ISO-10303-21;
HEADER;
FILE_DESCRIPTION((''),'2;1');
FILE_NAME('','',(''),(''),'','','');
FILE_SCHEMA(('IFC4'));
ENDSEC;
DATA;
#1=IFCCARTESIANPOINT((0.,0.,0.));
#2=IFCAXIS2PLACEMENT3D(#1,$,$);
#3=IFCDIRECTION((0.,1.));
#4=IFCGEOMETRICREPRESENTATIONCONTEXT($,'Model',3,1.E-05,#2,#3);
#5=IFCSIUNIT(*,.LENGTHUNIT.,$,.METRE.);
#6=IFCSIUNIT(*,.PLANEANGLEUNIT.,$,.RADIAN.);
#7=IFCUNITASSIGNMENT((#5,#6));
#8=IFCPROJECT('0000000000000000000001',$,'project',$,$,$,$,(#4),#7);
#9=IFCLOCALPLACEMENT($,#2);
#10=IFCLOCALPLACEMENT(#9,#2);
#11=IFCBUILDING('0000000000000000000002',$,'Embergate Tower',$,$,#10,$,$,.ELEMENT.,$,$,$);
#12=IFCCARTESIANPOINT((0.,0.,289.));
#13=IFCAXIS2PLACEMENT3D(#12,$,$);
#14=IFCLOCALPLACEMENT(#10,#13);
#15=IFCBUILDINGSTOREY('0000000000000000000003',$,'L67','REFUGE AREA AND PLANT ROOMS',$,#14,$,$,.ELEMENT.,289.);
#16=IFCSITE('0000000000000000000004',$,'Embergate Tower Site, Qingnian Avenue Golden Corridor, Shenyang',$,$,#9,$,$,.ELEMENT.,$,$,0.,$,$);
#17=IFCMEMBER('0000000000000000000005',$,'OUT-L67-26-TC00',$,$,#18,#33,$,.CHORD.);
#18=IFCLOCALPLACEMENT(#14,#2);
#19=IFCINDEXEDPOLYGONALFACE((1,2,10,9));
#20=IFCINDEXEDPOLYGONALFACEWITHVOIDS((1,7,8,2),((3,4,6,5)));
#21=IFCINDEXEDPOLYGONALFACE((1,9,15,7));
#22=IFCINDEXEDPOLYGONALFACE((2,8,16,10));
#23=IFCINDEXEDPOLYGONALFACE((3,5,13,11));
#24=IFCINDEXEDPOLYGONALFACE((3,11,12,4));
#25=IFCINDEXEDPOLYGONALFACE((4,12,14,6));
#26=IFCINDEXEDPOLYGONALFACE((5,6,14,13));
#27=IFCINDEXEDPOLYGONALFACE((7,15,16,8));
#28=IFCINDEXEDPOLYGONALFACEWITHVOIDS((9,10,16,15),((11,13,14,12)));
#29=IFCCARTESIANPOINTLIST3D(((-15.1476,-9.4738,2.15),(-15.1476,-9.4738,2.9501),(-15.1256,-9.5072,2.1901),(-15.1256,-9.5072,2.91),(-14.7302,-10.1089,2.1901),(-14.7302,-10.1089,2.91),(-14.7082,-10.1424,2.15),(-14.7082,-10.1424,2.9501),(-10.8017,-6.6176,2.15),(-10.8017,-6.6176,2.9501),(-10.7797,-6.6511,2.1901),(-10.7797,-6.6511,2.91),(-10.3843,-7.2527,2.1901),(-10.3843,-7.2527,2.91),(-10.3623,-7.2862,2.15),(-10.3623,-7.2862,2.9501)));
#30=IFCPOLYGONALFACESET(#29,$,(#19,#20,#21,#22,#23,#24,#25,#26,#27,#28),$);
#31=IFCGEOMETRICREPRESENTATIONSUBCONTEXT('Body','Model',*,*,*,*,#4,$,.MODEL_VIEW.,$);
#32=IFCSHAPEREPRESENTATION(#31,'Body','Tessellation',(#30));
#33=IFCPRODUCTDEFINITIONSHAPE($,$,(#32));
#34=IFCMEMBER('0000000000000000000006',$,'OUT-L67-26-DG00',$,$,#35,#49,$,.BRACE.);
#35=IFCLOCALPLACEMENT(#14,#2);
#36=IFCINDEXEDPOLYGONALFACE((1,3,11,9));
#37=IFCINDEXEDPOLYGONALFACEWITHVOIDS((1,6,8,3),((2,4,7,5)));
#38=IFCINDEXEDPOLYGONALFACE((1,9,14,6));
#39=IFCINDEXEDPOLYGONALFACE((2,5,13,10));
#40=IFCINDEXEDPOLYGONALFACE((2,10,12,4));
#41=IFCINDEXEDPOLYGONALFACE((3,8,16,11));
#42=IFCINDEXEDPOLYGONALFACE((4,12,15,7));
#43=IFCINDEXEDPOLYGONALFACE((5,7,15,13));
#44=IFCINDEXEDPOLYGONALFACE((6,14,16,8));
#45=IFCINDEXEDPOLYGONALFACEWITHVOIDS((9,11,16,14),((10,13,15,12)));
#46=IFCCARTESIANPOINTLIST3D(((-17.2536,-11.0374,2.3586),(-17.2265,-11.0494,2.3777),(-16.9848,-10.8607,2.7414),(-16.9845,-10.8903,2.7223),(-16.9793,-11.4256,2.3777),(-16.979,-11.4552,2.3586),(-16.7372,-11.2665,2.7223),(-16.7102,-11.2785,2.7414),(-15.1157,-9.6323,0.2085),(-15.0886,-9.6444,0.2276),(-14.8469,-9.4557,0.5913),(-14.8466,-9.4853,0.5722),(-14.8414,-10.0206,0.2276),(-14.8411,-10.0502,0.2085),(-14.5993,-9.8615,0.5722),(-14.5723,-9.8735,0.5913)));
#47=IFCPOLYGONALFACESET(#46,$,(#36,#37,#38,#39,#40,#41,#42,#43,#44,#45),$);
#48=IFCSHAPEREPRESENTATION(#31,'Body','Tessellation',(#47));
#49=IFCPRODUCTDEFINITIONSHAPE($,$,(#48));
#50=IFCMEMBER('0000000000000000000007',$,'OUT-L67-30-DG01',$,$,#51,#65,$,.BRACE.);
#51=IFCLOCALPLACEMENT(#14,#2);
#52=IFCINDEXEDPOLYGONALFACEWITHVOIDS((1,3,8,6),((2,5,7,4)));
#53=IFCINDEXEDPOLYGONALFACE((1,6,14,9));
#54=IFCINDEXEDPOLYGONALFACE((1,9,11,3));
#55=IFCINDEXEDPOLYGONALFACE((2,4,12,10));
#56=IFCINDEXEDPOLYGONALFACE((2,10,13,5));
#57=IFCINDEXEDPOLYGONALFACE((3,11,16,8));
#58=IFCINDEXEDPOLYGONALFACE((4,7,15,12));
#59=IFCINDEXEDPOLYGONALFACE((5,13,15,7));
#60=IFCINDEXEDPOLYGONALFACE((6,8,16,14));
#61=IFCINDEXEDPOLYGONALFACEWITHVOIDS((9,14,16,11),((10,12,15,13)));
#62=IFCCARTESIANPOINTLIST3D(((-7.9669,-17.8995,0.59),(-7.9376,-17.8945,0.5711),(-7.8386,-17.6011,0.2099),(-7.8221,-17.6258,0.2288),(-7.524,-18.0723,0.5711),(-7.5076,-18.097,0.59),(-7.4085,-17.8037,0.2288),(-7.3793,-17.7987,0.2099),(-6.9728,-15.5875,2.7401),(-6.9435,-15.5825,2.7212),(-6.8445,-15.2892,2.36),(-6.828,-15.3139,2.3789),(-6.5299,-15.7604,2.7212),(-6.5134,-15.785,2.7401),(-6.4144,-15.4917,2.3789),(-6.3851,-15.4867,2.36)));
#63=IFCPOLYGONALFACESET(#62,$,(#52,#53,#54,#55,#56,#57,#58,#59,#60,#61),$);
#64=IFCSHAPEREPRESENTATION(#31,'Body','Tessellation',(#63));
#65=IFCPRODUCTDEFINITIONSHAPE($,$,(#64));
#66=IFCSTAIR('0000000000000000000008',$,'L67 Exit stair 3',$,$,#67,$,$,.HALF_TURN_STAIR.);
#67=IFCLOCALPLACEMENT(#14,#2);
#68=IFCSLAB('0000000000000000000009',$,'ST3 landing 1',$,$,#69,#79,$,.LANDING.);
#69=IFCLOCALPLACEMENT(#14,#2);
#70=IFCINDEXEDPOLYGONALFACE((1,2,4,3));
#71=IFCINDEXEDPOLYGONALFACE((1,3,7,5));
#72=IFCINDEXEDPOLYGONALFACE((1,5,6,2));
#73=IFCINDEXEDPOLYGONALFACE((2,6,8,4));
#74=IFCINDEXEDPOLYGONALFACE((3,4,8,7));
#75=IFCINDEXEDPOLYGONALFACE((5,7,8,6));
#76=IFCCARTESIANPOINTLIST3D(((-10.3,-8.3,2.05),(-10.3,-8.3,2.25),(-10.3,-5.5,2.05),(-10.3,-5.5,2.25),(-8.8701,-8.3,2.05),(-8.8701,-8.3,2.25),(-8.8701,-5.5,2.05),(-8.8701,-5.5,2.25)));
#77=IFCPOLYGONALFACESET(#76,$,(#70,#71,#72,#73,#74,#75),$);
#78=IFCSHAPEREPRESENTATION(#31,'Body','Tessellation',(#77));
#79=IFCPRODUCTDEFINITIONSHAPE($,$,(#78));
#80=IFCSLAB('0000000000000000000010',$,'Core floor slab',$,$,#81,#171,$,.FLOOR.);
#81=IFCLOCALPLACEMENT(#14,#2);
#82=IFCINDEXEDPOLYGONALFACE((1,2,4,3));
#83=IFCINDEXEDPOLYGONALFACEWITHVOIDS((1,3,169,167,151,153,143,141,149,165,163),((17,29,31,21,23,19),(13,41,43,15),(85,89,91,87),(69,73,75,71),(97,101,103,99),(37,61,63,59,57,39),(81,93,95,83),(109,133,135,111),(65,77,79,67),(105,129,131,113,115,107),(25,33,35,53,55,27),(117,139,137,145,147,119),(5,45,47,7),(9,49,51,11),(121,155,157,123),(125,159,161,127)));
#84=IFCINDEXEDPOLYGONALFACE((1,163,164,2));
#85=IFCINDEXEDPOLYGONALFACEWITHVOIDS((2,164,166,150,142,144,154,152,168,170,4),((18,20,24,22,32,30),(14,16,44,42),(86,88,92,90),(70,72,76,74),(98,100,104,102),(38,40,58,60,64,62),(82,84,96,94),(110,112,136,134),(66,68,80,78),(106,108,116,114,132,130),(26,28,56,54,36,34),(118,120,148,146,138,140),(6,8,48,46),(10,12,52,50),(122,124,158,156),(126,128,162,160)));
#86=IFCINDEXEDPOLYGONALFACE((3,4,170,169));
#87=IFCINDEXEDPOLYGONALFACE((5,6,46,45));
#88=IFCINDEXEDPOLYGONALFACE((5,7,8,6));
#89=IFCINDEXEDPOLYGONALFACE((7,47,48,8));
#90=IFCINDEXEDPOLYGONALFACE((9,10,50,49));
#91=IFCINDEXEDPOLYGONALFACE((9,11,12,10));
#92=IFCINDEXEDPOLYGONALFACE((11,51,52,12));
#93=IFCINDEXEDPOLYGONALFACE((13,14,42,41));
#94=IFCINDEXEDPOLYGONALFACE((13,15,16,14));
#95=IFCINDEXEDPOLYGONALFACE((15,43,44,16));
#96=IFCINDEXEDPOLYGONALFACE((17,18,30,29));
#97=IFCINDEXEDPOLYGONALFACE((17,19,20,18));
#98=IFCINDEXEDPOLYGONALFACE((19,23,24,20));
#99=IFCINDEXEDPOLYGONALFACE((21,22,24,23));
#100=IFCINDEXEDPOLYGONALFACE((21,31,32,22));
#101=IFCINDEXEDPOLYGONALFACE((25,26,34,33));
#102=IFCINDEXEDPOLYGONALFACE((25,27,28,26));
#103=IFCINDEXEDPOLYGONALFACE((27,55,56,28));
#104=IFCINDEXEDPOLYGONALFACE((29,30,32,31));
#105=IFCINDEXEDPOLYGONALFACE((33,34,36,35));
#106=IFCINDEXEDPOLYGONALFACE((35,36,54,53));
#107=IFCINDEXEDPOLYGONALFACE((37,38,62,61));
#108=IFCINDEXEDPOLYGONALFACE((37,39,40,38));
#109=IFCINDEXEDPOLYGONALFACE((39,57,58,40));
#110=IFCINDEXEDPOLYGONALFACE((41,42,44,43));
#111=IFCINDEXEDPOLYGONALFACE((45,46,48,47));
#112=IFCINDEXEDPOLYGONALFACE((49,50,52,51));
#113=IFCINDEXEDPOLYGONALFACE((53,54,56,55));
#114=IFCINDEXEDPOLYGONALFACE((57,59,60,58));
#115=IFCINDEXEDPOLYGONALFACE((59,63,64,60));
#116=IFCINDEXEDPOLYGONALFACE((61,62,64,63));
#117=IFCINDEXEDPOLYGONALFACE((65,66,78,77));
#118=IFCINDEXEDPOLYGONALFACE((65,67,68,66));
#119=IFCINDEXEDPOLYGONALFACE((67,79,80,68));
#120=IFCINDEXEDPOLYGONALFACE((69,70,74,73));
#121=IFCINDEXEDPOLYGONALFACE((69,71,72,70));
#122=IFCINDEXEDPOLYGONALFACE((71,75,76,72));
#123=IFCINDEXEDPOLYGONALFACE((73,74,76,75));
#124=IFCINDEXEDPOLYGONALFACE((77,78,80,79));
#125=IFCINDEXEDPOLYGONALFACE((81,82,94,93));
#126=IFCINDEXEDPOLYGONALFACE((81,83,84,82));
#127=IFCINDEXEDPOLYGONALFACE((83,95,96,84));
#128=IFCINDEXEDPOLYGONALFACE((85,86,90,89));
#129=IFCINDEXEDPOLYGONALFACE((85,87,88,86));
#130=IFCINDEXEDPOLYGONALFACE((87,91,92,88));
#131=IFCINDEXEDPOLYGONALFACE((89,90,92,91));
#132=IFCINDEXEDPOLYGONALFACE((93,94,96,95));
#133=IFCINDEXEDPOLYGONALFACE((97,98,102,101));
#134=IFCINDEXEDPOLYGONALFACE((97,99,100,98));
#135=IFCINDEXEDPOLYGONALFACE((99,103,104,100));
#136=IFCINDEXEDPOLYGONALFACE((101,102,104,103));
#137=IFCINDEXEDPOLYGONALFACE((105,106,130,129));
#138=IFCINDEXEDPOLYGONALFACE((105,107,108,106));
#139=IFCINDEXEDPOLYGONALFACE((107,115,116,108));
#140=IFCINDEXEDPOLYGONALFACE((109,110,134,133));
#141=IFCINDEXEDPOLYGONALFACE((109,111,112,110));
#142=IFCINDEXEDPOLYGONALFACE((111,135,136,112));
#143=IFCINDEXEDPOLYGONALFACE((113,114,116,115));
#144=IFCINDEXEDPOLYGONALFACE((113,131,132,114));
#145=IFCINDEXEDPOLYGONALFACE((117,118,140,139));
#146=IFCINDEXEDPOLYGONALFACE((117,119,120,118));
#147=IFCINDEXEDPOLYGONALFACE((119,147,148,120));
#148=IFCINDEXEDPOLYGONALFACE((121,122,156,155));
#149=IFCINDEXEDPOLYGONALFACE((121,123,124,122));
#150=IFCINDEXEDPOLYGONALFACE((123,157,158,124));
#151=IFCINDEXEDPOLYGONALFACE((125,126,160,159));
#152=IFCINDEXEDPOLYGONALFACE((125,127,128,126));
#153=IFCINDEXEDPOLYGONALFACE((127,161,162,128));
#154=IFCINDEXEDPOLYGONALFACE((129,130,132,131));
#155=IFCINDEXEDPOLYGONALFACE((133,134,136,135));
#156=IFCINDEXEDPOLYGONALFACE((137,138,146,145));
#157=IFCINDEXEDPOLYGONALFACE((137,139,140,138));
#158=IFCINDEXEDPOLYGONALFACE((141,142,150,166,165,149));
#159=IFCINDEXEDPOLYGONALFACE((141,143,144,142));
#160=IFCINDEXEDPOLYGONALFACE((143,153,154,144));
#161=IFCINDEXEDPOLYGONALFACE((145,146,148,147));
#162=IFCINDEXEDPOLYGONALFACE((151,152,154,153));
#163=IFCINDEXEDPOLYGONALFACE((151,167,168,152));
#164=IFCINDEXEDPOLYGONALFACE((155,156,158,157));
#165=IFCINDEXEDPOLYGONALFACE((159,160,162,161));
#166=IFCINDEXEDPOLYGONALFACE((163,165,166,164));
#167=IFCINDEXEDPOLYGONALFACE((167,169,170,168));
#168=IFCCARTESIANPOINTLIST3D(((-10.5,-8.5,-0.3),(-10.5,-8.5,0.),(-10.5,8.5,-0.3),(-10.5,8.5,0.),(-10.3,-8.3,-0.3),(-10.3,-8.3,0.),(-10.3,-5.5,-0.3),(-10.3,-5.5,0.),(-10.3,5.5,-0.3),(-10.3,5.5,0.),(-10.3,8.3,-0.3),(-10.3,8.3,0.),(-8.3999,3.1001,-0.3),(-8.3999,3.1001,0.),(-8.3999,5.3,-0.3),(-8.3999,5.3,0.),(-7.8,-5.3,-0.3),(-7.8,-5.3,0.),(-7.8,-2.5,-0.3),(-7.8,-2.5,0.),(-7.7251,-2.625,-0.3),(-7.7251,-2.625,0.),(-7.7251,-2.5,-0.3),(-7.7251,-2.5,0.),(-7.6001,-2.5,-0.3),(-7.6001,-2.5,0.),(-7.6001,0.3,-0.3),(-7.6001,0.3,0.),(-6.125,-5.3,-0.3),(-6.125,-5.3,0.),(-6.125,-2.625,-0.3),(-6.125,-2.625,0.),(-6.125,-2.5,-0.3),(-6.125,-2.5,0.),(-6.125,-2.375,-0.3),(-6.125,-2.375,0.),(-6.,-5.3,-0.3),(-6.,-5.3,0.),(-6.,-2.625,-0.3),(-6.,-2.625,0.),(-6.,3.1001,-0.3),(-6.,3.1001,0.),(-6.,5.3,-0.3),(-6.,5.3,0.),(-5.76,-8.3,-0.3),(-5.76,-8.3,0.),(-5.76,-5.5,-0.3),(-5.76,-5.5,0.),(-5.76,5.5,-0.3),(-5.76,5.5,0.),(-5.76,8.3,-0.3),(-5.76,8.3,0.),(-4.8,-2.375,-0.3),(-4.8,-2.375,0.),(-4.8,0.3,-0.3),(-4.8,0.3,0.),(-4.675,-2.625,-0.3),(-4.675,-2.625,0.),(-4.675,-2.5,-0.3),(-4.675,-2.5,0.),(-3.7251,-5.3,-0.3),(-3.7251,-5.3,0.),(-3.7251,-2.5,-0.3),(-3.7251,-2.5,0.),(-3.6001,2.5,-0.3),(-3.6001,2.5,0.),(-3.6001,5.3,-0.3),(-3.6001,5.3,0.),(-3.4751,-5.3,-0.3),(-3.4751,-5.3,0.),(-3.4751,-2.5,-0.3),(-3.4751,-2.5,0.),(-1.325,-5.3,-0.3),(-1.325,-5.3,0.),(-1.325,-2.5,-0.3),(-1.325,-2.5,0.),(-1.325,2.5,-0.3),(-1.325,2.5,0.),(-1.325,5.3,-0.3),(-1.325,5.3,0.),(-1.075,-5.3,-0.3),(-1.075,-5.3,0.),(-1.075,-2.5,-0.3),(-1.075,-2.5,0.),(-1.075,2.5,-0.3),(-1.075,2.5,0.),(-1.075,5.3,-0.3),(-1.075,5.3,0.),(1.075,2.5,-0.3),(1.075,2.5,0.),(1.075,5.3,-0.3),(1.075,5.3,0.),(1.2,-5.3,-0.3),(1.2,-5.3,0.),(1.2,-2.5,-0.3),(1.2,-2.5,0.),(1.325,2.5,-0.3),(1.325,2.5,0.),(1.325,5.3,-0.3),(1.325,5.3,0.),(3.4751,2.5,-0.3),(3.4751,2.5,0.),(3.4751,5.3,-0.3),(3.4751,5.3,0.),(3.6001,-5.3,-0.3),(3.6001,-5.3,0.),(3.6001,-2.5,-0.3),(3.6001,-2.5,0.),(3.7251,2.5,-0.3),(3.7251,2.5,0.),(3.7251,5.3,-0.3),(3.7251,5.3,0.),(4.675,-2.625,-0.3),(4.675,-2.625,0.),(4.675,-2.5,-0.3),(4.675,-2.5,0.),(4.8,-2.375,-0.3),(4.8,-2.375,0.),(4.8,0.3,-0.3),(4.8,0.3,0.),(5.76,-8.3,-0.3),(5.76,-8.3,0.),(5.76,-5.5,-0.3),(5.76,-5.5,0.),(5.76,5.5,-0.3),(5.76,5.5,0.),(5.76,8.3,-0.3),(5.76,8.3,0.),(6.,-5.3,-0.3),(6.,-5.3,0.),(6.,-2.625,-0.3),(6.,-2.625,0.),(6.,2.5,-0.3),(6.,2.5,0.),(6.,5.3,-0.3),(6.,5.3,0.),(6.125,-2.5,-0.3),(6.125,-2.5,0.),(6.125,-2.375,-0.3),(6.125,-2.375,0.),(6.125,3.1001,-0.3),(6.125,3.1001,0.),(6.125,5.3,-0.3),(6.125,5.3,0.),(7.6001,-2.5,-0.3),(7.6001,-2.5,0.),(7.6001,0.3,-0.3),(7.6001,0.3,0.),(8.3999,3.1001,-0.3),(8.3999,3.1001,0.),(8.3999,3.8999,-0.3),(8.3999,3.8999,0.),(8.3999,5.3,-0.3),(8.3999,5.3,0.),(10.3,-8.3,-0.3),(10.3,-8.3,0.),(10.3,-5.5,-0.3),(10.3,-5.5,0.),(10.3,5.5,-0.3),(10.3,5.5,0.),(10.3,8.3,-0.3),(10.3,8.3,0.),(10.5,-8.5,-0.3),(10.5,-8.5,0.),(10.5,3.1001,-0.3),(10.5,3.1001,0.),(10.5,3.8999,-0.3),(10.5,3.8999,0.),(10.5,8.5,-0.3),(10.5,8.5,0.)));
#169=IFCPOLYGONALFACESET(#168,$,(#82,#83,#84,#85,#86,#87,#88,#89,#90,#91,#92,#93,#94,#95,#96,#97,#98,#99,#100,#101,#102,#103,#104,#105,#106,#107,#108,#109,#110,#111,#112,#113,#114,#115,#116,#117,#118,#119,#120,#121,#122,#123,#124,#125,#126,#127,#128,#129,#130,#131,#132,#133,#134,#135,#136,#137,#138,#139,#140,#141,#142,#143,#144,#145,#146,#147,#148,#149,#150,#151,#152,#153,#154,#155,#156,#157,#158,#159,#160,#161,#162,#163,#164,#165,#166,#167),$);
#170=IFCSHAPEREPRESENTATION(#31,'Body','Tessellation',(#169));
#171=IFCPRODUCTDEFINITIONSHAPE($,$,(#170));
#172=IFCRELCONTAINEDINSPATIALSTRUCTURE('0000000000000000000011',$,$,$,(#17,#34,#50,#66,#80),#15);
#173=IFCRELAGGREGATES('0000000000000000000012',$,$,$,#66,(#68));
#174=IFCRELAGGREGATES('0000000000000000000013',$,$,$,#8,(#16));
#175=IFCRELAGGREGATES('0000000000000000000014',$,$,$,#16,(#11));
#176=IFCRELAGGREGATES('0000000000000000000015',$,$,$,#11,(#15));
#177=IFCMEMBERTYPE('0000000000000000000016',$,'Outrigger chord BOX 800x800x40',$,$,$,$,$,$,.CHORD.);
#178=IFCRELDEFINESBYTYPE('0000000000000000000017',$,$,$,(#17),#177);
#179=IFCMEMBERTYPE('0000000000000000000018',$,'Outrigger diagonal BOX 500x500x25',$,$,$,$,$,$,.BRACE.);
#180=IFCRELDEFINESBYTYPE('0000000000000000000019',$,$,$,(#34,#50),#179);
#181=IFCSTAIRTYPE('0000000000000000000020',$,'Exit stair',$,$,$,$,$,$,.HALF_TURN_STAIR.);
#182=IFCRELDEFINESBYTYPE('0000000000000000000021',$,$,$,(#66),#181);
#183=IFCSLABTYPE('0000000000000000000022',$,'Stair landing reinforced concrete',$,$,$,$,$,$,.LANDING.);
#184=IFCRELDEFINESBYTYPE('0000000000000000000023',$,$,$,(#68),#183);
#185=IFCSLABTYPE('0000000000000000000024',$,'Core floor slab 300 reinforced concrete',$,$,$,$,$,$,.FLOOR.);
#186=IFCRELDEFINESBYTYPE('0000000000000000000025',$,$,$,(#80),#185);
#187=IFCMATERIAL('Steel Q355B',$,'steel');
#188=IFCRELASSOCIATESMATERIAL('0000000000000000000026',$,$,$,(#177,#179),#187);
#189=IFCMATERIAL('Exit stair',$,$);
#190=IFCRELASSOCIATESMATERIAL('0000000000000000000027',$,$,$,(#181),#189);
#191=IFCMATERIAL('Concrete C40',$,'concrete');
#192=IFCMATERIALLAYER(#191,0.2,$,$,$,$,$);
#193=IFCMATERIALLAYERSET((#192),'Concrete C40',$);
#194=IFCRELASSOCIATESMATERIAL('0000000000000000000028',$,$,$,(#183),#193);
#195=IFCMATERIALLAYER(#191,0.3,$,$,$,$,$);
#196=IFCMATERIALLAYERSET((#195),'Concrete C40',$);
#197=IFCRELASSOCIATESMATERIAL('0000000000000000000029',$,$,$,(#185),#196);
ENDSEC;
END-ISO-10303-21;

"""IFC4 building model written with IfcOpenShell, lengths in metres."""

from ifc_helpers import new_model, si_unit, direction, frame, origin, origin_2d, place, context, subcontext, project, spatial, polyline, hollow_rectangle, outline, extrude, source, transform, mapped, material, layer, layer_set, material_profile, profile_set, type_object, element, aggregate, save


model = new_model("IFC4")

# Units and contexts
model_context = context("Model", 3, precision=1e-05, world=origin(), true_north=direction((0.0, 1.0)))
body_context = subcontext(model_context, "Body", "Model", "MODEL_VIEW")
ifc_project = project(units=[si_unit("LENGTHUNIT", "METRE"), si_unit("PLANEANGLEUNIT", "RADIAN")], contexts=[model_context])

# Site, building, storey
site_placement = place(None, origin())
site = spatial("IfcSite", under=ifc_project, at=site_placement, Name="Embergate Tower Site, Qingnian Avenue Golden Corridor, Shenyang", CompositionType="ELEMENT", RefElevation=0.0)
building_placement = place(site_placement, origin())
building = spatial("IfcBuilding", under=site, at=building_placement, Name="Embergate Tower", CompositionType="ELEMENT")
storey_placement = place(building_placement, frame((0.0, 0.0, 289.0)))
storey = spatial("IfcBuildingStorey", under=building, at=storey_placement, Name="L67", Description="REFUGE AREA AND PLANT ROOMS", CompositionType="ELEMENT", Elevation=289.0)

# Members
ifc_material_1 = material(Name="Steel Q355B", Category="steel")
ifc_material_profile_1 = material_profile(ifc_material_1, hollow_rectangle(XDim=0.8, YDim=0.8, WallThickness=0.04, at=origin_2d()), Name="BOX 800x800x40")
ifc_profile_set_1 = profile_set([ifc_material_profile_1], Name="Steel Q355 grade B")
member_type_1 = type_object("IfcMemberType", Name="Outrigger chord BOX 800x800x40", PredefinedType="CHORD", material=ifc_profile_set_1)
shared_shape_1 = source(origin(), body_context, "Body", "SweptSolid", [
    extrude(hollow_rectangle(XDim=0.8, YDim=0.8, WallThickness=0.04, at=origin_2d()), origin(), (0.0, 0.0, 1.0), 5.2004),
])
member_1_placement = place(storey_placement, frame((-10.582, -6.9519, 2.55), z_axis=(-0.83568, -0.549217, 0.0), x_axis=(0.549217, -0.83568, 0.0)))
element("IfcMember", 1, at=member_1_placement, inside=storey, type_object=member_type_1, Name="OUT-L67-26-TC00", PredefinedType="CHORD", context=body_context, shape_type="MappedRepresentation", body=[
    mapped(shared_shape_1, transform((0.0, 0.0, 0.0))),
])
ifc_material_profile_2 = material_profile(ifc_material_1, hollow_rectangle(XDim=0.5, YDim=0.5, WallThickness=0.0249, at=origin_2d()), Name="BOX 500x500x25")
ifc_profile_set_2 = profile_set([ifc_material_profile_2], Name="Steel Q355 grade B")
member_type_2 = type_object("IfcMemberType", Name="Outrigger diagonal BOX 500x500x25", PredefinedType="BRACE", material=ifc_profile_set_2)
shared_shape_2 = source(origin(), body_context, "Body", "SweptSolid", [
    extrude(hollow_rectangle(XDim=0.5, YDim=0.5, WallThickness=0.0249, at=origin_2d()), origin(), (0.0, 0.0, 1.0), 3.3418),
])
member_2_placement = place(storey_placement, frame((-14.844, -9.7529, 0.3999), z_axis=(-0.639746, -0.420433, 0.643398), x_axis=(0.549205, -0.835688, 0.0)))
element("IfcMember", 2, at=member_2_placement, inside=storey, type_object=member_type_2, Name="OUT-L67-26-DG00", PredefinedType="BRACE", context=body_context, shape_type="MappedRepresentation", body=[
    mapped(shared_shape_2, transform((0.0, 0.0, 0.0))),
])
shared_shape_3 = source(origin(), body_context, "Body", "SweptSolid", [
    extrude(hollow_rectangle(XDim=0.5, YDim=0.5, WallThickness=0.0249, at=origin_2d()), origin(), (0.0, 0.0, 1.0), 3.3101),
])
member_3_placement = place(storey_placement, frame((-6.679, -15.5371, 2.55), z_axis=(-0.300334, -0.698469, -0.649569), x_axis=(0.918673, -0.39502, 0.0)))
element("IfcMember", 3, at=member_3_placement, inside=storey, type_object=member_type_2, Name="OUT-L67-30-DG01", PredefinedType="BRACE", context=body_context, shape_type="MappedRepresentation", body=[
    mapped(shared_shape_3, transform((0.0, 0.0, 0.0))),
])

# Stair, slab
ifc_material_2 = material(Name="Exit stair")
stair_type = type_object("IfcStairType", Name="Exit stair", PredefinedType="HALF_TURN_STAIR", material=ifc_material_2)
stair_placement = place(storey_placement, origin())
stair = element("IfcStair", 4, at=stair_placement, inside=storey, type_object=stair_type, Name="L67 Exit stair 3", PredefinedType="HALF_TURN_STAIR")
ifc_material_3 = material(Name="Concrete C40", Category="concrete")
ifc_layer_1 = layer(ifc_material_3, 0.2)
ifc_layer_set_1 = layer_set([ifc_layer_1], Name="Concrete C40")
slab_type_1 = type_object("IfcSlabType", Name="Stair landing reinforced concrete", PredefinedType="LANDING", material=ifc_layer_set_1)
shared_shape_4 = source(origin(), body_context, "Body", "SweptSolid", [
    extrude(outline(polyline([(0.0, 0.0), (1.4299, 0.0), (1.4299, 2.8), (0.0, 2.8), (0.0, 0.0)])), origin(), (0.0, 0.0, 1.0), 0.2),
])
slab_1_placement = place(storey_placement, frame((-10.3, -8.3, 2.05)))
slab_1 = element("IfcSlab", 5, at=slab_1_placement, type_object=slab_type_1, Name="ST3 landing 1", PredefinedType="LANDING", context=body_context, shape_type="MappedRepresentation", body=[
    mapped(shared_shape_4, transform((0.0, 0.0, 0.0))),
])

# Slab
ifc_layer_2 = layer(ifc_material_3, 0.3)
ifc_layer_set_2 = layer_set([ifc_layer_2], Name="Concrete C40")
slab_type_2 = type_object("IfcSlabType", Name="Core floor slab 300 reinforced concrete", PredefinedType="FLOOR", material=ifc_layer_set_2)
shared_shape_5 = source(origin(), body_context, "Body", "SweptSolid", [
    extrude(outline(polyline([(0.0, 0.0), (21.0, 0.0), (21.0, 11.6001), (18.8999, 11.6001), (16.625, 11.6001), (16.625, 13.8), (18.8999, 13.8), (18.8999, 12.3999), (21.0, 12.3999), (21.0, 17.0), (0.0, 17.0), (0.0, 0.0)]), holes=[polyline([(0.2, 0.2), (0.2, 3.0), (4.74, 3.0), (4.74, 0.2), (0.2, 0.2)]), polyline([(16.26, 0.2), (16.26, 3.0), (20.8, 3.0), (20.8, 0.2), (16.26, 0.2)]), polyline([(2.7, 3.2), (2.7, 6.0), (2.7749, 6.0), (2.7749, 5.875), (4.375, 5.875), (4.375, 3.2), (2.7, 3.2)]), polyline([(4.5, 3.2), (4.5, 5.875), (5.825, 5.875), (5.825, 6.0), (6.7749, 6.0), (6.7749, 3.2), (4.5, 3.2)]), polyline([(7.0249, 3.2), (7.0249, 6.0), (9.175, 6.0), (9.175, 3.2), (7.0249, 3.2)]), polyline([(9.425, 3.2), (9.425, 6.0), (11.7, 6.0), (11.7, 3.2), (9.425, 3.2)]), polyline([(14.1001, 3.2), (14.1001, 6.0), (15.175, 6.0), (15.175, 5.875), (16.5, 5.875), (16.5, 3.2), (14.1001, 3.2)]), polyline([(2.8999, 6.0), (2.8999, 8.8), (5.7, 8.8), (5.7, 6.125), (4.375, 6.125), (4.375, 6.0), (2.8999, 6.0)]), polyline([(16.625, 6.0), (16.625, 6.125), (15.3, 6.125), (15.3, 8.8), (18.1001, 8.8), (18.1001, 6.0), (16.625, 6.0)]), polyline([(6.8999, 11.0), (6.8999, 13.8), (9.175, 13.8), (9.175, 11.0), (6.8999, 11.0)]), polyline([(9.425, 11.0), (9.425, 13.8), (11.575, 13.8), (11.575, 11.0), (9.425, 11.0)]), polyline([(11.825, 11.0), (11.825, 13.8), (13.9751, 13.8), (13.9751, 11.0), (11.825, 11.0)]), polyline([(14.2251, 11.0), (14.2251, 13.8), (16.5, 13.8), (16.5, 11.0), (14.2251, 11.0)]), polyline([(2.1001, 11.6001), (2.1001, 13.8), (4.5, 13.8), (4.5, 11.6001), (2.1001, 11.6001)]), polyline([(0.2, 14.0), (0.2, 16.8), (4.74, 16.8), (4.74, 14.0), (0.2, 14.0)]), polyline([(16.26, 14.0), (16.26, 16.8), (20.8, 16.8), (20.8, 14.0), (16.26, 14.0)])]), origin(), (0.0, 0.0, 1.0), 0.3),
])
slab_2_placement = place(storey_placement, frame((-10.5, -8.5, -0.3)))
element("IfcSlab", 6, at=slab_2_placement, inside=storey, type_object=slab_type_2, Name="Core floor slab", PredefinedType="FLOOR", context=body_context, shape_type="MappedRepresentation", body=[
    mapped(shared_shape_5, transform((0.0, 0.0, 0.0))),
])

aggregate(stair, [slab_1])

save(model, "model.ifc")
